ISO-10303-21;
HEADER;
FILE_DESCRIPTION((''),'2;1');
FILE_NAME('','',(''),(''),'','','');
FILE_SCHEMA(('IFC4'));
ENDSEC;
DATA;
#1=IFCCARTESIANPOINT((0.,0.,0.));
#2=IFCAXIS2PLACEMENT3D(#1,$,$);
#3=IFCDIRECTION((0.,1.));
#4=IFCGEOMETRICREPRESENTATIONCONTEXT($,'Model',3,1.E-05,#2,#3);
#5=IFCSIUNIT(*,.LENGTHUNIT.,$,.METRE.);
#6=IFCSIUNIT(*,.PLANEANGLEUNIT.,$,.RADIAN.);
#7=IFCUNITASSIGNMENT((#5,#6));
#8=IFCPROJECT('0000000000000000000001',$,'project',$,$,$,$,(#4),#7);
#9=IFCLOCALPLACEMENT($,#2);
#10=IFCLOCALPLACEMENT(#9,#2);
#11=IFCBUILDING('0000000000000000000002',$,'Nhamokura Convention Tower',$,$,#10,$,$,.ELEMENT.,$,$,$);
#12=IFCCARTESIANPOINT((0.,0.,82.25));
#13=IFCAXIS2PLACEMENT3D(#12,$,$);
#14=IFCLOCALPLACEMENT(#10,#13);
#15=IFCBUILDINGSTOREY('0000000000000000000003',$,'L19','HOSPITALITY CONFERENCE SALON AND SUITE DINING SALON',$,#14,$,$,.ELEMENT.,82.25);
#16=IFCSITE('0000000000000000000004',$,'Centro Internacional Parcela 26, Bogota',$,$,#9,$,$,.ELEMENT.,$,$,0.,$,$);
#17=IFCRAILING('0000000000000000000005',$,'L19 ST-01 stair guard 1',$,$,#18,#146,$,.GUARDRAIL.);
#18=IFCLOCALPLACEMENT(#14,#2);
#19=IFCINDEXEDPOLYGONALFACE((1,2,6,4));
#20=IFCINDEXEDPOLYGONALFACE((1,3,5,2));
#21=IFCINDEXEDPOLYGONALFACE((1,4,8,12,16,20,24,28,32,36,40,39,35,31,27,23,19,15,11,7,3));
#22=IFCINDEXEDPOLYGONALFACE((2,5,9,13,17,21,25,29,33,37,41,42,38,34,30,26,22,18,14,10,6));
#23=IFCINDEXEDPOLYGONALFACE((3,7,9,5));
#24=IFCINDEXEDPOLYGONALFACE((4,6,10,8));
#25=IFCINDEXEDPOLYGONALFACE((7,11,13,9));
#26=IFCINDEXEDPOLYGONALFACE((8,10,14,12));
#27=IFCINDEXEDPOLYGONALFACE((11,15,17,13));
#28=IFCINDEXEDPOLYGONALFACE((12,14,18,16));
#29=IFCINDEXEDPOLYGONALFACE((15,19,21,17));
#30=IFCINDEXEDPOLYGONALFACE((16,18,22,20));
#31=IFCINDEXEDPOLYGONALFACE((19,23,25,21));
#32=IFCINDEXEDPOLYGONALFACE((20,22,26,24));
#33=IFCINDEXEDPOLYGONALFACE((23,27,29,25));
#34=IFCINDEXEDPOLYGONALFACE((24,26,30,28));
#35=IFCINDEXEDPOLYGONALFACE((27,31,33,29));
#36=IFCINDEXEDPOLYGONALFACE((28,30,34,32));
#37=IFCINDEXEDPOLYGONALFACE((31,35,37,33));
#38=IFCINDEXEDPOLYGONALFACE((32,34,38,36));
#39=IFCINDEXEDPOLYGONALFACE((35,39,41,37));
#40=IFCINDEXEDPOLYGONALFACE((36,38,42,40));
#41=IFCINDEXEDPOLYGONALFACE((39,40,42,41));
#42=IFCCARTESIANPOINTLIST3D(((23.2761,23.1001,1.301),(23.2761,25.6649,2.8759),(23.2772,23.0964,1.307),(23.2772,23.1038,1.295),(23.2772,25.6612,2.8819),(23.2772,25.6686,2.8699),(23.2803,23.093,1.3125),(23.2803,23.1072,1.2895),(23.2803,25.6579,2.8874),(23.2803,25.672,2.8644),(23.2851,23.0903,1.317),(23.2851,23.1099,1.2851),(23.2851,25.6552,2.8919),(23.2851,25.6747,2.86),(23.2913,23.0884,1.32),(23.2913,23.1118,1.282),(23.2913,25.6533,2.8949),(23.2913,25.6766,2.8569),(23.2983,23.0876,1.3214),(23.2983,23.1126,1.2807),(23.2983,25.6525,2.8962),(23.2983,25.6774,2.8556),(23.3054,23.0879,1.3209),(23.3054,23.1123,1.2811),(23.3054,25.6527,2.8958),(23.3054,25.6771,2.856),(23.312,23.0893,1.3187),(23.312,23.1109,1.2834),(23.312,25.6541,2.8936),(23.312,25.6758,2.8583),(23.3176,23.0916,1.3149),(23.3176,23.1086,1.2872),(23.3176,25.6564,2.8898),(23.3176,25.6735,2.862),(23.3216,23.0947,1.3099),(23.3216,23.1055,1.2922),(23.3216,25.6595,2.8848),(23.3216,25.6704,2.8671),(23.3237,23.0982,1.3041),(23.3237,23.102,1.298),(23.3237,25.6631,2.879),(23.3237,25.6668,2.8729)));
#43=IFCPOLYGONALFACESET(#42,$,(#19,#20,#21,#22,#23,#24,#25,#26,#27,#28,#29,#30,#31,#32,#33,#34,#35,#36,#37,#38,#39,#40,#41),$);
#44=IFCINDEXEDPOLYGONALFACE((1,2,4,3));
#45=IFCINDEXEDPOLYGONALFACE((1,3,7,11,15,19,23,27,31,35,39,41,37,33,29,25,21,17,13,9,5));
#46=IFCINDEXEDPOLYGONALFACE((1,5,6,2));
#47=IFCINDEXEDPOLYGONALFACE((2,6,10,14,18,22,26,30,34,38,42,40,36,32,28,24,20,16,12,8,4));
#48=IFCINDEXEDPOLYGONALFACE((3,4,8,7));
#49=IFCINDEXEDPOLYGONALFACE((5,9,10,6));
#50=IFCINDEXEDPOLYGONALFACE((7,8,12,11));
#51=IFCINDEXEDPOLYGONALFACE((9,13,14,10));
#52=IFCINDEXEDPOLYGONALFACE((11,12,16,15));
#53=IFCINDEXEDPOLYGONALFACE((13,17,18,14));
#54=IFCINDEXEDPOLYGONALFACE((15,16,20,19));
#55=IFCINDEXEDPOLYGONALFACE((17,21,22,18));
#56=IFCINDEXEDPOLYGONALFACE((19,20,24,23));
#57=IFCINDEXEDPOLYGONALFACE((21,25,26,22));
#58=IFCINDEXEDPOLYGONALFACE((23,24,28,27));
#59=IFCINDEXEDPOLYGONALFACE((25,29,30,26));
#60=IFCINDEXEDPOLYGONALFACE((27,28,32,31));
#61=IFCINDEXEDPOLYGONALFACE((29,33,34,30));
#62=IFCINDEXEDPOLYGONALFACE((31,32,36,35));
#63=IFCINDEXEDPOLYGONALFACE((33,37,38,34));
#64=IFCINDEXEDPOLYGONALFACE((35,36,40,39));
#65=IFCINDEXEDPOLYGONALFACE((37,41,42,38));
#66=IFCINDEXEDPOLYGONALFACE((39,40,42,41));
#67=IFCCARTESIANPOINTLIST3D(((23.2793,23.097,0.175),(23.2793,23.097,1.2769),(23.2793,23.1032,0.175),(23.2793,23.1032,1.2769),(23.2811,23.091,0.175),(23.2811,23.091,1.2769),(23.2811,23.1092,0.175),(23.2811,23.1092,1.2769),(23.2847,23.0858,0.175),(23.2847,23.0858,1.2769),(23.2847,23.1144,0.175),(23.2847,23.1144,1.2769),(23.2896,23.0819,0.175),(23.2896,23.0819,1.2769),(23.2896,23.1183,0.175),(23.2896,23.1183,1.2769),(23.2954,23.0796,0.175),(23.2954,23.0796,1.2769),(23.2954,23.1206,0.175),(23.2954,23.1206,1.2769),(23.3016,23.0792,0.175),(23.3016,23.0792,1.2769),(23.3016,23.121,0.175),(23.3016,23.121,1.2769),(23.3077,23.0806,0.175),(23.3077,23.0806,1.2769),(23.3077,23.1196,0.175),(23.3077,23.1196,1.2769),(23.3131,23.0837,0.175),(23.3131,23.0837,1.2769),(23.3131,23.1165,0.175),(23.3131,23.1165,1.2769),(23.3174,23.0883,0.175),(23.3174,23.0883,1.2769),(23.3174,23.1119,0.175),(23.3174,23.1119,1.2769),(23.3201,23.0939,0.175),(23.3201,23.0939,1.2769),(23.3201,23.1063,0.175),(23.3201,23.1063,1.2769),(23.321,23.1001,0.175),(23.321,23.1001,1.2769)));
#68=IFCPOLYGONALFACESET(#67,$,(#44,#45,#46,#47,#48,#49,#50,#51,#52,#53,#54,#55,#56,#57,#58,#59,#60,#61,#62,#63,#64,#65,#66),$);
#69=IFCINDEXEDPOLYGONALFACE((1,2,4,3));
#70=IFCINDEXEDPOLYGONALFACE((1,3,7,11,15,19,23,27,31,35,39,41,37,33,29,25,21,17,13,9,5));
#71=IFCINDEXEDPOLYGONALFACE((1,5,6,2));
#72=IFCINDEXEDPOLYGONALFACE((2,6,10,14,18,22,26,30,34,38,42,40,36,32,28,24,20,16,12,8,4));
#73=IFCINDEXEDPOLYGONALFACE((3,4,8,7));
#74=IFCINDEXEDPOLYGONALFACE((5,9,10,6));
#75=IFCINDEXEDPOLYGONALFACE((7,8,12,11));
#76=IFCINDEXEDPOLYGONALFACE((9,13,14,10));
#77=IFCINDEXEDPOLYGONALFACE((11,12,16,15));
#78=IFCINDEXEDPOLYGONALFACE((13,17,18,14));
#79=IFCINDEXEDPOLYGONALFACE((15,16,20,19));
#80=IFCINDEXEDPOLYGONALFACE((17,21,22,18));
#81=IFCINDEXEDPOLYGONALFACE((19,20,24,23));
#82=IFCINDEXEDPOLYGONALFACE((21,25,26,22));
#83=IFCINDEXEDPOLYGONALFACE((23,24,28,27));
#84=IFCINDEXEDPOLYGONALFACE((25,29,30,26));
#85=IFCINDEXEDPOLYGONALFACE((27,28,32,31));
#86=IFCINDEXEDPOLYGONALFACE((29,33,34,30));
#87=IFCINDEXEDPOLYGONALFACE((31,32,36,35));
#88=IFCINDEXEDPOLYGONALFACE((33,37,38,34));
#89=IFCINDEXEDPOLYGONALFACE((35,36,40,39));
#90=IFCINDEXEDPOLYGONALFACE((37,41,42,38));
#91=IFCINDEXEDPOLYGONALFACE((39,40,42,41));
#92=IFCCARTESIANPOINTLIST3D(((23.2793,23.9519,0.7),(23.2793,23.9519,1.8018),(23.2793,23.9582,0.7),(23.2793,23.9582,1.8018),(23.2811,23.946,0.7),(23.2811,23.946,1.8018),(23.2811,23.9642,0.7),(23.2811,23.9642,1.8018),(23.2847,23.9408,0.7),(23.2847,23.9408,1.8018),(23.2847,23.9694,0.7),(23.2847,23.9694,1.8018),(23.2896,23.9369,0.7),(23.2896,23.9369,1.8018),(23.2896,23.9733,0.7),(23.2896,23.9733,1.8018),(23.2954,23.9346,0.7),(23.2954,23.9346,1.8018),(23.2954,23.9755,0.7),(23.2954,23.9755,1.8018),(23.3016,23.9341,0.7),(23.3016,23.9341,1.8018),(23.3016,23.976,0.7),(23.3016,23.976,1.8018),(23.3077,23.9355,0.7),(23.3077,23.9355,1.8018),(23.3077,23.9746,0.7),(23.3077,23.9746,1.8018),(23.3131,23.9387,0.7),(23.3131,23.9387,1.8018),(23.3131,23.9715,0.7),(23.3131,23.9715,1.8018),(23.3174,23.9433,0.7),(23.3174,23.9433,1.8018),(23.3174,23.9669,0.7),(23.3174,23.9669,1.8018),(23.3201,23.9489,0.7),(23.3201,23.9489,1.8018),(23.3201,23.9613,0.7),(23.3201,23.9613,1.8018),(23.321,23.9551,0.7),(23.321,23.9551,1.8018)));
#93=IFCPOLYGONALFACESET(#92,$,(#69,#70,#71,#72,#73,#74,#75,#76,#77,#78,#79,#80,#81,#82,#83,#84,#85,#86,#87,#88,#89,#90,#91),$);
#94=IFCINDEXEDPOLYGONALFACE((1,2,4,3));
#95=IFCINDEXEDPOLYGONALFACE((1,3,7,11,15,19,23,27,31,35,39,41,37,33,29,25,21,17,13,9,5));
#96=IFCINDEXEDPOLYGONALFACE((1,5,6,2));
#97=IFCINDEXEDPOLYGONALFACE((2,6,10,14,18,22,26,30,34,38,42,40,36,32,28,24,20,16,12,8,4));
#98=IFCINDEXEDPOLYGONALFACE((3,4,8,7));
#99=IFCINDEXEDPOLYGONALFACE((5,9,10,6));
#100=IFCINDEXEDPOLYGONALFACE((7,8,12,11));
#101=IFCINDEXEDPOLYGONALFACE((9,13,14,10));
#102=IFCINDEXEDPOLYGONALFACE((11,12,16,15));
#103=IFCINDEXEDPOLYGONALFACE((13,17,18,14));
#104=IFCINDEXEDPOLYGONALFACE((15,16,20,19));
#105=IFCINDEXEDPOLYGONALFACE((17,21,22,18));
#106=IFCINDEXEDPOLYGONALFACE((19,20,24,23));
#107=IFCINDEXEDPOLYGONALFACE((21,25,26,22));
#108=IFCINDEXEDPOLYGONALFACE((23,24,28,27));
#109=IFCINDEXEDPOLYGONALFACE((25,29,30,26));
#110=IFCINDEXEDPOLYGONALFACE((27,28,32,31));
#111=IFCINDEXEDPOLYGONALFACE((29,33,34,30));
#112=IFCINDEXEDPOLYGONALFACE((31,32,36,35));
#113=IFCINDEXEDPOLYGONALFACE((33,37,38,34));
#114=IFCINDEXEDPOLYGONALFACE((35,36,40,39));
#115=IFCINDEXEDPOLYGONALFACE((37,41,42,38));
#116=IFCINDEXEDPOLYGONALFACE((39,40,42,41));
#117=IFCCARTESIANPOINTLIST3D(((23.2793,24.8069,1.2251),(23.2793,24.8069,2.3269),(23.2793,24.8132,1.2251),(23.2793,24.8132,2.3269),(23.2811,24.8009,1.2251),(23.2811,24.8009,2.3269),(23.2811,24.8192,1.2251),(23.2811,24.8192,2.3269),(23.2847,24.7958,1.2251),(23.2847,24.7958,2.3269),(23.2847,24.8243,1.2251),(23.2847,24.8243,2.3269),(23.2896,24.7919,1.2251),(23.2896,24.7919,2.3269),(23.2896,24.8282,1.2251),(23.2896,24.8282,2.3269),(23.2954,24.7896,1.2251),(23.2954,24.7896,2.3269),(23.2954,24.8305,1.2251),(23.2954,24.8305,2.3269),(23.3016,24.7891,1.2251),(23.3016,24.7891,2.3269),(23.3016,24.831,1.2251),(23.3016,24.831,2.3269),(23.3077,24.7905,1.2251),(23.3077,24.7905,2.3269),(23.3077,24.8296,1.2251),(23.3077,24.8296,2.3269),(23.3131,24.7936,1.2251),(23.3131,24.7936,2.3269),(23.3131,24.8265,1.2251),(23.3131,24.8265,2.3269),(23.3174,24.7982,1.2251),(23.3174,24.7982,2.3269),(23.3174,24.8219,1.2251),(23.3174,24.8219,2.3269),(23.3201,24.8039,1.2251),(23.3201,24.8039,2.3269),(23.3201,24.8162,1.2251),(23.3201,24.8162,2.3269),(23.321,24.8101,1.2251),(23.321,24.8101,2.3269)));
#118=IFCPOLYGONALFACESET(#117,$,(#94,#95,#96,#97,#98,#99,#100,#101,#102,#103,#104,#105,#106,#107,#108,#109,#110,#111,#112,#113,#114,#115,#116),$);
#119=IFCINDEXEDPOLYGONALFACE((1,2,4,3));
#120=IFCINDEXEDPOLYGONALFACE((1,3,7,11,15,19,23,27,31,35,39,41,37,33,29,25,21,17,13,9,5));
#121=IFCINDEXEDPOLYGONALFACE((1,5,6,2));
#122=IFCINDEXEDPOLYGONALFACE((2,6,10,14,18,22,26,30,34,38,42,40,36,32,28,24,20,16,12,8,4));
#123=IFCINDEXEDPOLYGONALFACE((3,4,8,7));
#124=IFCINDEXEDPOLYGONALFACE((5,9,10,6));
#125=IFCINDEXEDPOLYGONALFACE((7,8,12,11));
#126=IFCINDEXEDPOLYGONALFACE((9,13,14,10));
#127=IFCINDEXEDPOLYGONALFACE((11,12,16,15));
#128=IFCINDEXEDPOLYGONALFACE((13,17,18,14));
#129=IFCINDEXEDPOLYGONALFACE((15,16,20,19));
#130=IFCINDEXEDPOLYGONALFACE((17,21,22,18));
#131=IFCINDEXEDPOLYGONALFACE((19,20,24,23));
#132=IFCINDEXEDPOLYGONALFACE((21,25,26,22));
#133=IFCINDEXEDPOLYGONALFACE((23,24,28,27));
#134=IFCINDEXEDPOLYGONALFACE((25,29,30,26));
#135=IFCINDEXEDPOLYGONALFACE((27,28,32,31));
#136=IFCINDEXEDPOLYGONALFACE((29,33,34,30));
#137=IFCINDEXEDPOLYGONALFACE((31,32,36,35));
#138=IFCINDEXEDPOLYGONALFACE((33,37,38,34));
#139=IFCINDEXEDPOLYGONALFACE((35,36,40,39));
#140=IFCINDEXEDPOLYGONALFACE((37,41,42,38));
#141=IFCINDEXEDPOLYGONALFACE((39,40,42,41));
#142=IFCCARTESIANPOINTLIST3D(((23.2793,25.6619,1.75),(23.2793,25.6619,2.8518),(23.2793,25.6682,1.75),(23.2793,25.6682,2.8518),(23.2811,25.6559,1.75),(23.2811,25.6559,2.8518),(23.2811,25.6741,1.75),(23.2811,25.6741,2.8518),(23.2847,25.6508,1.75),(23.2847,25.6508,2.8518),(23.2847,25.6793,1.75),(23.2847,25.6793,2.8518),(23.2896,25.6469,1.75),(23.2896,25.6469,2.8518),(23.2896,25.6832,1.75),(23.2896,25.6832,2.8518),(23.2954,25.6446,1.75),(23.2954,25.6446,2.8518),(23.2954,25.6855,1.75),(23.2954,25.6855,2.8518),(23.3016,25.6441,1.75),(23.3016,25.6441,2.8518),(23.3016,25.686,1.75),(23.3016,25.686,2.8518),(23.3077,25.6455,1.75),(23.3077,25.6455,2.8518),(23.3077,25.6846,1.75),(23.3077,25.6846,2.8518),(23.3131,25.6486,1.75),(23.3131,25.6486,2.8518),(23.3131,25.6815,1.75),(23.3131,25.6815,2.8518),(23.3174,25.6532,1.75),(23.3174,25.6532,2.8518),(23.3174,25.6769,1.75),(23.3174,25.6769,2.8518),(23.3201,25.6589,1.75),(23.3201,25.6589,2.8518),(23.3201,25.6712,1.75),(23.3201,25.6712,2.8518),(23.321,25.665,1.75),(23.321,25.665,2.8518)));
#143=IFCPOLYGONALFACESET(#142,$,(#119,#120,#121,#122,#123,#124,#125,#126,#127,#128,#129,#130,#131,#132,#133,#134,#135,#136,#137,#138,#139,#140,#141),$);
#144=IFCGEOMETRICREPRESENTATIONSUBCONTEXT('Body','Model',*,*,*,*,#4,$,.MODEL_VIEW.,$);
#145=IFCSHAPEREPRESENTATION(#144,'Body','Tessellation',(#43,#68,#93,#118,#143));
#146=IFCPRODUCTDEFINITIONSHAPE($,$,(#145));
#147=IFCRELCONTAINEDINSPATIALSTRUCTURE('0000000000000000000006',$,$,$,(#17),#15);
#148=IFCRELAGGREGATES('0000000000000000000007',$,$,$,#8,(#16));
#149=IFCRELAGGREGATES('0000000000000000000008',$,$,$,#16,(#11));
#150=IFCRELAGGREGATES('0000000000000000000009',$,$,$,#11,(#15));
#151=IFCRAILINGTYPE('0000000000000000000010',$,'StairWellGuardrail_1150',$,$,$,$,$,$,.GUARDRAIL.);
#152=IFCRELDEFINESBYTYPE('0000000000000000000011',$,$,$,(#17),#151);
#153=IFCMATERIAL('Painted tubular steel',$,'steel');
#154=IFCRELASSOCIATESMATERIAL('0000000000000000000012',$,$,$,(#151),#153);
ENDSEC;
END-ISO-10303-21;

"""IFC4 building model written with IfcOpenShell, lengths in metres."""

from ifc_helpers import new_model, si_unit, direction, frame, origin, origin_2d, place, context, subcontext, project, spatial, circle, extrude, material, type_object, element, save


model = new_model("IFC4")

# Units and contexts
model_context = context("Model", 3, precision=1e-05, world=origin(), true_north=direction((0.0, 1.0)))
body_context = subcontext(model_context, "Body", "Model", "MODEL_VIEW")
ifc_project = project(units=[si_unit("LENGTHUNIT", "METRE"), si_unit("PLANEANGLEUNIT", "RADIAN")], contexts=[model_context])

# Site, building, storey
site_placement = place(None, origin())
site = spatial("IfcSite", under=ifc_project, at=site_placement, Name="Centro Internacional Parcela 26, Bogota", CompositionType="ELEMENT", RefElevation=0.0)
building_placement = place(site_placement, origin())
building = spatial("IfcBuilding", under=site, at=building_placement, Name="Nhamokura Convention Tower", CompositionType="ELEMENT")
storey_placement = place(building_placement, frame((0.0, 0.0, 82.25)))
storey = spatial("IfcBuildingStorey", under=building, at=storey_placement, Name="L19", Description="HOSPITALITY CONFERENCE SALON AND SUITE DINING SALON", CompositionType="ELEMENT", Elevation=82.25)

# Railing
ifc_material_1 = material(Name="Painted tubular steel", Category="steel")
railing_type_1 = type_object("IfcRailingType", Name="StairWellGuardrail_1150", PredefinedType="GUARDRAIL", material=ifc_material_1)
railing_1_placement = place(storey_placement, frame((23.3, 23.1001, 0.175)))
element("IfcRailing", 1, at=railing_1_placement, inside=storey, type_object=railing_type_1, Name="L19 ST-01 stair guard 1", PredefinedType="GUARDRAIL", context=body_context, shape_type="SweptSolid", body=[
    extrude(circle(Radius=0.0239, at=origin_2d()), frame((0.0, 0.0, 1.126), z_axis=(0.0, 0.852173, 0.52326), x_axis=(-1.0, 0.0, 0.0)), (0.0, 0.0, 1.0), 3.0098),
    extrude(circle(Radius=0.021, at=origin_2d()), origin(), (0.0, 0.0, 1.0), 1.1018),
    extrude(circle(Radius=0.021, at=origin_2d()), frame((0.0, 0.855, 0.5249)), (0.0, 0.0, 1.0), 1.1018),
    extrude(circle(Radius=0.021, at=origin_2d()), frame((0.0, 1.71, 1.05)), (0.0, 0.0, 1.0), 1.1018),
    extrude(circle(Radius=0.021, at=origin_2d()), frame((0.0, 2.5649, 1.575)), (0.0, 0.0, 1.0), 1.1018),
])

save(model, "model.ifc")
